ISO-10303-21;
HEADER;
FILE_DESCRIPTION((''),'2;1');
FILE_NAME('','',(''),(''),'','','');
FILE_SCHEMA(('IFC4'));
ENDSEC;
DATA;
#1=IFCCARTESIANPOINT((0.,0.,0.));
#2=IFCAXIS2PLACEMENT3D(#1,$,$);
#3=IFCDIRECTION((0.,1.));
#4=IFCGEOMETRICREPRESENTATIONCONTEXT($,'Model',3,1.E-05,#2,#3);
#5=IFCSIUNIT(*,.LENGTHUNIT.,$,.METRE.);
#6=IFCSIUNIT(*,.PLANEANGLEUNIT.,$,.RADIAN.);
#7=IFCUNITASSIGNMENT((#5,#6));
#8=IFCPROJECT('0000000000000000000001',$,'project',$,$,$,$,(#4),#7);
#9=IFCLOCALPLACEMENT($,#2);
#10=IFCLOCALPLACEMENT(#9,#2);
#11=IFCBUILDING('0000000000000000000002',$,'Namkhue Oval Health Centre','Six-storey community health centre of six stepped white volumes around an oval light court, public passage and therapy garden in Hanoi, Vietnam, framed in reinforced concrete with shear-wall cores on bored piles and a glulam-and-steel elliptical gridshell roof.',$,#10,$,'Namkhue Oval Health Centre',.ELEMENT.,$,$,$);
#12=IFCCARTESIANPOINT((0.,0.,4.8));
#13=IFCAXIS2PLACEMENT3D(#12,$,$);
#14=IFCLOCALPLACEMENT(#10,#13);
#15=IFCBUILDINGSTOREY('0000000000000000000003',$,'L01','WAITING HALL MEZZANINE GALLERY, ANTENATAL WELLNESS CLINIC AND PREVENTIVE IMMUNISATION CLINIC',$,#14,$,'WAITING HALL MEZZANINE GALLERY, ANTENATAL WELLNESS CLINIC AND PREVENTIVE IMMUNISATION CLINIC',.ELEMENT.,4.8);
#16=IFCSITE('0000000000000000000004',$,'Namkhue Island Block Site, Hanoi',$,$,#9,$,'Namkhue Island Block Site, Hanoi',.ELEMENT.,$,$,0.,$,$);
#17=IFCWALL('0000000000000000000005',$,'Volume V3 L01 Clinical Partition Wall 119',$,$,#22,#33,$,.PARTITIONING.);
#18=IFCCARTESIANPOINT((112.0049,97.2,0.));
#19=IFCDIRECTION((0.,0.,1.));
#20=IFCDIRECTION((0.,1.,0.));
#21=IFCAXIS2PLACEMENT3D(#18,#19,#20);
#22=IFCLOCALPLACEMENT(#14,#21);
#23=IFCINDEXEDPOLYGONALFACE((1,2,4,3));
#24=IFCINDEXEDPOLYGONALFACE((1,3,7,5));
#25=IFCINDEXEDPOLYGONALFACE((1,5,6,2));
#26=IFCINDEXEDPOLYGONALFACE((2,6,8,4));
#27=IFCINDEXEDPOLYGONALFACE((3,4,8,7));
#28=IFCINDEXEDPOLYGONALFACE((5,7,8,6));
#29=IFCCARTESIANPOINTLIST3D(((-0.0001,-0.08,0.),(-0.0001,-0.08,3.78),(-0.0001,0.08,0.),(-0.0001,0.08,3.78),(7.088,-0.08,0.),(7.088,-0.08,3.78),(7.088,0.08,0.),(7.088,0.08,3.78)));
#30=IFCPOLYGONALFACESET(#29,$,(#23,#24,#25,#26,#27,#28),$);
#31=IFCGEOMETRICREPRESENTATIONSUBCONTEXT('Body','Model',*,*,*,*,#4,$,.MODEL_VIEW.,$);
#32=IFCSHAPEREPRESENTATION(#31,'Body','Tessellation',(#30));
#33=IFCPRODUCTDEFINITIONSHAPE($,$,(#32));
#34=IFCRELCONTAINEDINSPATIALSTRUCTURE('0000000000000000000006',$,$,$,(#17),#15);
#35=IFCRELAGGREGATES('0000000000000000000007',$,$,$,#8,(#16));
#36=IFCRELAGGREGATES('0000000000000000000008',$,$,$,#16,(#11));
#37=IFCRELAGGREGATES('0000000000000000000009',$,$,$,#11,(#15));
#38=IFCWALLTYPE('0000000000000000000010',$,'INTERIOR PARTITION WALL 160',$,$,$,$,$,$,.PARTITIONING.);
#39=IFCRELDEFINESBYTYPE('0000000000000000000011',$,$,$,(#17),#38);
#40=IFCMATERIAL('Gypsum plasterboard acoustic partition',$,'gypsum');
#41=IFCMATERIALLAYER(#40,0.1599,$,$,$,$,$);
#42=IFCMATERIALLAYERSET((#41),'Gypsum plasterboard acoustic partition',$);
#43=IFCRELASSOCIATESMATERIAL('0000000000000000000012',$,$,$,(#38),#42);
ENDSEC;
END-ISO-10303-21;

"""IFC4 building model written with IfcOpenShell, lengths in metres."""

from ifc_helpers import new_model, si_unit, direction, frame, frame_2d, origin, place, context, subcontext, project, spatial, rectangle, extrude, material, layer, layer_set, type_object, element, save


model = new_model("IFC4")

# Units and contexts
model_context = context("Model", 3, precision=1e-05, world=origin(), true_north=direction((0.0, 1.0)))
body_context = subcontext(model_context, "Body", "Model", "MODEL_VIEW")
ifc_project = project(units=[si_unit("LENGTHUNIT", "METRE"), si_unit("PLANEANGLEUNIT", "RADIAN")], contexts=[model_context])

# Site, building, storey
site_placement = place(None, origin())
site = spatial("IfcSite", under=ifc_project, at=site_placement, Name="Namkhue Island Block Site, Hanoi", LongName="Namkhue Island Block Site, Hanoi", CompositionType="ELEMENT", RefElevation=0.0)
building_placement = place(site_placement, origin())
building = spatial("IfcBuilding", under=site, at=building_placement, Name="Namkhue Oval Health Centre", Description="Six-storey community health centre of six stepped white volumes around an oval light court, public passage and therapy garden in Hanoi, Vietnam, framed in reinforced concrete with shear-wall cores on bored piles and a glulam-and-steel elliptical gridshell roof.", LongName="Namkhue Oval Health Centre", CompositionType="ELEMENT")
storey_placement = place(building_placement, frame((0.0, 0.0, 4.8)))
storey = spatial("IfcBuildingStorey", under=building, at=storey_placement, Name="L01", Description="WAITING HALL MEZZANINE GALLERY, ANTENATAL WELLNESS CLINIC AND PREVENTIVE IMMUNISATION CLINIC", LongName="WAITING HALL MEZZANINE GALLERY, ANTENATAL WELLNESS CLINIC AND PREVENTIVE IMMUNISATION CLINIC", CompositionType="ELEMENT", Elevation=4.8)

# Wall
ifc_material_1 = material(Name="Gypsum plasterboard acoustic partition", Category="gypsum")
ifc_layer_1 = layer(ifc_material_1, 0.1599)
ifc_layer_set_1 = layer_set([ifc_layer_1], Name="Gypsum plasterboard acoustic partition")
wall_type_1 = type_object("IfcWallType", Name="INTERIOR PARTITION WALL 160", PredefinedType="PARTITIONING", material=ifc_layer_set_1)
wall_1_placement = place(storey_placement, frame((112.0049, 97.2, 0.0), z_axis=(0.0, 0.0, 1.0), x_axis=(0.0, 1.0, 0.0)))
element("IfcWall", 1, at=wall_1_placement, inside=storey, type_object=wall_type_1, Name="Volume V3 L01 Clinical Partition Wall 119", PredefinedType="PARTITIONING", context=body_context, shape_type="SweptSolid", body=[
    extrude(rectangle(XDim=7.0881, YDim=0.1599, at=frame_2d((3.5439, 0.0))), origin(), (0.0, 0.0, 1.0), 3.78),
])

save(model, "model.ifc")
